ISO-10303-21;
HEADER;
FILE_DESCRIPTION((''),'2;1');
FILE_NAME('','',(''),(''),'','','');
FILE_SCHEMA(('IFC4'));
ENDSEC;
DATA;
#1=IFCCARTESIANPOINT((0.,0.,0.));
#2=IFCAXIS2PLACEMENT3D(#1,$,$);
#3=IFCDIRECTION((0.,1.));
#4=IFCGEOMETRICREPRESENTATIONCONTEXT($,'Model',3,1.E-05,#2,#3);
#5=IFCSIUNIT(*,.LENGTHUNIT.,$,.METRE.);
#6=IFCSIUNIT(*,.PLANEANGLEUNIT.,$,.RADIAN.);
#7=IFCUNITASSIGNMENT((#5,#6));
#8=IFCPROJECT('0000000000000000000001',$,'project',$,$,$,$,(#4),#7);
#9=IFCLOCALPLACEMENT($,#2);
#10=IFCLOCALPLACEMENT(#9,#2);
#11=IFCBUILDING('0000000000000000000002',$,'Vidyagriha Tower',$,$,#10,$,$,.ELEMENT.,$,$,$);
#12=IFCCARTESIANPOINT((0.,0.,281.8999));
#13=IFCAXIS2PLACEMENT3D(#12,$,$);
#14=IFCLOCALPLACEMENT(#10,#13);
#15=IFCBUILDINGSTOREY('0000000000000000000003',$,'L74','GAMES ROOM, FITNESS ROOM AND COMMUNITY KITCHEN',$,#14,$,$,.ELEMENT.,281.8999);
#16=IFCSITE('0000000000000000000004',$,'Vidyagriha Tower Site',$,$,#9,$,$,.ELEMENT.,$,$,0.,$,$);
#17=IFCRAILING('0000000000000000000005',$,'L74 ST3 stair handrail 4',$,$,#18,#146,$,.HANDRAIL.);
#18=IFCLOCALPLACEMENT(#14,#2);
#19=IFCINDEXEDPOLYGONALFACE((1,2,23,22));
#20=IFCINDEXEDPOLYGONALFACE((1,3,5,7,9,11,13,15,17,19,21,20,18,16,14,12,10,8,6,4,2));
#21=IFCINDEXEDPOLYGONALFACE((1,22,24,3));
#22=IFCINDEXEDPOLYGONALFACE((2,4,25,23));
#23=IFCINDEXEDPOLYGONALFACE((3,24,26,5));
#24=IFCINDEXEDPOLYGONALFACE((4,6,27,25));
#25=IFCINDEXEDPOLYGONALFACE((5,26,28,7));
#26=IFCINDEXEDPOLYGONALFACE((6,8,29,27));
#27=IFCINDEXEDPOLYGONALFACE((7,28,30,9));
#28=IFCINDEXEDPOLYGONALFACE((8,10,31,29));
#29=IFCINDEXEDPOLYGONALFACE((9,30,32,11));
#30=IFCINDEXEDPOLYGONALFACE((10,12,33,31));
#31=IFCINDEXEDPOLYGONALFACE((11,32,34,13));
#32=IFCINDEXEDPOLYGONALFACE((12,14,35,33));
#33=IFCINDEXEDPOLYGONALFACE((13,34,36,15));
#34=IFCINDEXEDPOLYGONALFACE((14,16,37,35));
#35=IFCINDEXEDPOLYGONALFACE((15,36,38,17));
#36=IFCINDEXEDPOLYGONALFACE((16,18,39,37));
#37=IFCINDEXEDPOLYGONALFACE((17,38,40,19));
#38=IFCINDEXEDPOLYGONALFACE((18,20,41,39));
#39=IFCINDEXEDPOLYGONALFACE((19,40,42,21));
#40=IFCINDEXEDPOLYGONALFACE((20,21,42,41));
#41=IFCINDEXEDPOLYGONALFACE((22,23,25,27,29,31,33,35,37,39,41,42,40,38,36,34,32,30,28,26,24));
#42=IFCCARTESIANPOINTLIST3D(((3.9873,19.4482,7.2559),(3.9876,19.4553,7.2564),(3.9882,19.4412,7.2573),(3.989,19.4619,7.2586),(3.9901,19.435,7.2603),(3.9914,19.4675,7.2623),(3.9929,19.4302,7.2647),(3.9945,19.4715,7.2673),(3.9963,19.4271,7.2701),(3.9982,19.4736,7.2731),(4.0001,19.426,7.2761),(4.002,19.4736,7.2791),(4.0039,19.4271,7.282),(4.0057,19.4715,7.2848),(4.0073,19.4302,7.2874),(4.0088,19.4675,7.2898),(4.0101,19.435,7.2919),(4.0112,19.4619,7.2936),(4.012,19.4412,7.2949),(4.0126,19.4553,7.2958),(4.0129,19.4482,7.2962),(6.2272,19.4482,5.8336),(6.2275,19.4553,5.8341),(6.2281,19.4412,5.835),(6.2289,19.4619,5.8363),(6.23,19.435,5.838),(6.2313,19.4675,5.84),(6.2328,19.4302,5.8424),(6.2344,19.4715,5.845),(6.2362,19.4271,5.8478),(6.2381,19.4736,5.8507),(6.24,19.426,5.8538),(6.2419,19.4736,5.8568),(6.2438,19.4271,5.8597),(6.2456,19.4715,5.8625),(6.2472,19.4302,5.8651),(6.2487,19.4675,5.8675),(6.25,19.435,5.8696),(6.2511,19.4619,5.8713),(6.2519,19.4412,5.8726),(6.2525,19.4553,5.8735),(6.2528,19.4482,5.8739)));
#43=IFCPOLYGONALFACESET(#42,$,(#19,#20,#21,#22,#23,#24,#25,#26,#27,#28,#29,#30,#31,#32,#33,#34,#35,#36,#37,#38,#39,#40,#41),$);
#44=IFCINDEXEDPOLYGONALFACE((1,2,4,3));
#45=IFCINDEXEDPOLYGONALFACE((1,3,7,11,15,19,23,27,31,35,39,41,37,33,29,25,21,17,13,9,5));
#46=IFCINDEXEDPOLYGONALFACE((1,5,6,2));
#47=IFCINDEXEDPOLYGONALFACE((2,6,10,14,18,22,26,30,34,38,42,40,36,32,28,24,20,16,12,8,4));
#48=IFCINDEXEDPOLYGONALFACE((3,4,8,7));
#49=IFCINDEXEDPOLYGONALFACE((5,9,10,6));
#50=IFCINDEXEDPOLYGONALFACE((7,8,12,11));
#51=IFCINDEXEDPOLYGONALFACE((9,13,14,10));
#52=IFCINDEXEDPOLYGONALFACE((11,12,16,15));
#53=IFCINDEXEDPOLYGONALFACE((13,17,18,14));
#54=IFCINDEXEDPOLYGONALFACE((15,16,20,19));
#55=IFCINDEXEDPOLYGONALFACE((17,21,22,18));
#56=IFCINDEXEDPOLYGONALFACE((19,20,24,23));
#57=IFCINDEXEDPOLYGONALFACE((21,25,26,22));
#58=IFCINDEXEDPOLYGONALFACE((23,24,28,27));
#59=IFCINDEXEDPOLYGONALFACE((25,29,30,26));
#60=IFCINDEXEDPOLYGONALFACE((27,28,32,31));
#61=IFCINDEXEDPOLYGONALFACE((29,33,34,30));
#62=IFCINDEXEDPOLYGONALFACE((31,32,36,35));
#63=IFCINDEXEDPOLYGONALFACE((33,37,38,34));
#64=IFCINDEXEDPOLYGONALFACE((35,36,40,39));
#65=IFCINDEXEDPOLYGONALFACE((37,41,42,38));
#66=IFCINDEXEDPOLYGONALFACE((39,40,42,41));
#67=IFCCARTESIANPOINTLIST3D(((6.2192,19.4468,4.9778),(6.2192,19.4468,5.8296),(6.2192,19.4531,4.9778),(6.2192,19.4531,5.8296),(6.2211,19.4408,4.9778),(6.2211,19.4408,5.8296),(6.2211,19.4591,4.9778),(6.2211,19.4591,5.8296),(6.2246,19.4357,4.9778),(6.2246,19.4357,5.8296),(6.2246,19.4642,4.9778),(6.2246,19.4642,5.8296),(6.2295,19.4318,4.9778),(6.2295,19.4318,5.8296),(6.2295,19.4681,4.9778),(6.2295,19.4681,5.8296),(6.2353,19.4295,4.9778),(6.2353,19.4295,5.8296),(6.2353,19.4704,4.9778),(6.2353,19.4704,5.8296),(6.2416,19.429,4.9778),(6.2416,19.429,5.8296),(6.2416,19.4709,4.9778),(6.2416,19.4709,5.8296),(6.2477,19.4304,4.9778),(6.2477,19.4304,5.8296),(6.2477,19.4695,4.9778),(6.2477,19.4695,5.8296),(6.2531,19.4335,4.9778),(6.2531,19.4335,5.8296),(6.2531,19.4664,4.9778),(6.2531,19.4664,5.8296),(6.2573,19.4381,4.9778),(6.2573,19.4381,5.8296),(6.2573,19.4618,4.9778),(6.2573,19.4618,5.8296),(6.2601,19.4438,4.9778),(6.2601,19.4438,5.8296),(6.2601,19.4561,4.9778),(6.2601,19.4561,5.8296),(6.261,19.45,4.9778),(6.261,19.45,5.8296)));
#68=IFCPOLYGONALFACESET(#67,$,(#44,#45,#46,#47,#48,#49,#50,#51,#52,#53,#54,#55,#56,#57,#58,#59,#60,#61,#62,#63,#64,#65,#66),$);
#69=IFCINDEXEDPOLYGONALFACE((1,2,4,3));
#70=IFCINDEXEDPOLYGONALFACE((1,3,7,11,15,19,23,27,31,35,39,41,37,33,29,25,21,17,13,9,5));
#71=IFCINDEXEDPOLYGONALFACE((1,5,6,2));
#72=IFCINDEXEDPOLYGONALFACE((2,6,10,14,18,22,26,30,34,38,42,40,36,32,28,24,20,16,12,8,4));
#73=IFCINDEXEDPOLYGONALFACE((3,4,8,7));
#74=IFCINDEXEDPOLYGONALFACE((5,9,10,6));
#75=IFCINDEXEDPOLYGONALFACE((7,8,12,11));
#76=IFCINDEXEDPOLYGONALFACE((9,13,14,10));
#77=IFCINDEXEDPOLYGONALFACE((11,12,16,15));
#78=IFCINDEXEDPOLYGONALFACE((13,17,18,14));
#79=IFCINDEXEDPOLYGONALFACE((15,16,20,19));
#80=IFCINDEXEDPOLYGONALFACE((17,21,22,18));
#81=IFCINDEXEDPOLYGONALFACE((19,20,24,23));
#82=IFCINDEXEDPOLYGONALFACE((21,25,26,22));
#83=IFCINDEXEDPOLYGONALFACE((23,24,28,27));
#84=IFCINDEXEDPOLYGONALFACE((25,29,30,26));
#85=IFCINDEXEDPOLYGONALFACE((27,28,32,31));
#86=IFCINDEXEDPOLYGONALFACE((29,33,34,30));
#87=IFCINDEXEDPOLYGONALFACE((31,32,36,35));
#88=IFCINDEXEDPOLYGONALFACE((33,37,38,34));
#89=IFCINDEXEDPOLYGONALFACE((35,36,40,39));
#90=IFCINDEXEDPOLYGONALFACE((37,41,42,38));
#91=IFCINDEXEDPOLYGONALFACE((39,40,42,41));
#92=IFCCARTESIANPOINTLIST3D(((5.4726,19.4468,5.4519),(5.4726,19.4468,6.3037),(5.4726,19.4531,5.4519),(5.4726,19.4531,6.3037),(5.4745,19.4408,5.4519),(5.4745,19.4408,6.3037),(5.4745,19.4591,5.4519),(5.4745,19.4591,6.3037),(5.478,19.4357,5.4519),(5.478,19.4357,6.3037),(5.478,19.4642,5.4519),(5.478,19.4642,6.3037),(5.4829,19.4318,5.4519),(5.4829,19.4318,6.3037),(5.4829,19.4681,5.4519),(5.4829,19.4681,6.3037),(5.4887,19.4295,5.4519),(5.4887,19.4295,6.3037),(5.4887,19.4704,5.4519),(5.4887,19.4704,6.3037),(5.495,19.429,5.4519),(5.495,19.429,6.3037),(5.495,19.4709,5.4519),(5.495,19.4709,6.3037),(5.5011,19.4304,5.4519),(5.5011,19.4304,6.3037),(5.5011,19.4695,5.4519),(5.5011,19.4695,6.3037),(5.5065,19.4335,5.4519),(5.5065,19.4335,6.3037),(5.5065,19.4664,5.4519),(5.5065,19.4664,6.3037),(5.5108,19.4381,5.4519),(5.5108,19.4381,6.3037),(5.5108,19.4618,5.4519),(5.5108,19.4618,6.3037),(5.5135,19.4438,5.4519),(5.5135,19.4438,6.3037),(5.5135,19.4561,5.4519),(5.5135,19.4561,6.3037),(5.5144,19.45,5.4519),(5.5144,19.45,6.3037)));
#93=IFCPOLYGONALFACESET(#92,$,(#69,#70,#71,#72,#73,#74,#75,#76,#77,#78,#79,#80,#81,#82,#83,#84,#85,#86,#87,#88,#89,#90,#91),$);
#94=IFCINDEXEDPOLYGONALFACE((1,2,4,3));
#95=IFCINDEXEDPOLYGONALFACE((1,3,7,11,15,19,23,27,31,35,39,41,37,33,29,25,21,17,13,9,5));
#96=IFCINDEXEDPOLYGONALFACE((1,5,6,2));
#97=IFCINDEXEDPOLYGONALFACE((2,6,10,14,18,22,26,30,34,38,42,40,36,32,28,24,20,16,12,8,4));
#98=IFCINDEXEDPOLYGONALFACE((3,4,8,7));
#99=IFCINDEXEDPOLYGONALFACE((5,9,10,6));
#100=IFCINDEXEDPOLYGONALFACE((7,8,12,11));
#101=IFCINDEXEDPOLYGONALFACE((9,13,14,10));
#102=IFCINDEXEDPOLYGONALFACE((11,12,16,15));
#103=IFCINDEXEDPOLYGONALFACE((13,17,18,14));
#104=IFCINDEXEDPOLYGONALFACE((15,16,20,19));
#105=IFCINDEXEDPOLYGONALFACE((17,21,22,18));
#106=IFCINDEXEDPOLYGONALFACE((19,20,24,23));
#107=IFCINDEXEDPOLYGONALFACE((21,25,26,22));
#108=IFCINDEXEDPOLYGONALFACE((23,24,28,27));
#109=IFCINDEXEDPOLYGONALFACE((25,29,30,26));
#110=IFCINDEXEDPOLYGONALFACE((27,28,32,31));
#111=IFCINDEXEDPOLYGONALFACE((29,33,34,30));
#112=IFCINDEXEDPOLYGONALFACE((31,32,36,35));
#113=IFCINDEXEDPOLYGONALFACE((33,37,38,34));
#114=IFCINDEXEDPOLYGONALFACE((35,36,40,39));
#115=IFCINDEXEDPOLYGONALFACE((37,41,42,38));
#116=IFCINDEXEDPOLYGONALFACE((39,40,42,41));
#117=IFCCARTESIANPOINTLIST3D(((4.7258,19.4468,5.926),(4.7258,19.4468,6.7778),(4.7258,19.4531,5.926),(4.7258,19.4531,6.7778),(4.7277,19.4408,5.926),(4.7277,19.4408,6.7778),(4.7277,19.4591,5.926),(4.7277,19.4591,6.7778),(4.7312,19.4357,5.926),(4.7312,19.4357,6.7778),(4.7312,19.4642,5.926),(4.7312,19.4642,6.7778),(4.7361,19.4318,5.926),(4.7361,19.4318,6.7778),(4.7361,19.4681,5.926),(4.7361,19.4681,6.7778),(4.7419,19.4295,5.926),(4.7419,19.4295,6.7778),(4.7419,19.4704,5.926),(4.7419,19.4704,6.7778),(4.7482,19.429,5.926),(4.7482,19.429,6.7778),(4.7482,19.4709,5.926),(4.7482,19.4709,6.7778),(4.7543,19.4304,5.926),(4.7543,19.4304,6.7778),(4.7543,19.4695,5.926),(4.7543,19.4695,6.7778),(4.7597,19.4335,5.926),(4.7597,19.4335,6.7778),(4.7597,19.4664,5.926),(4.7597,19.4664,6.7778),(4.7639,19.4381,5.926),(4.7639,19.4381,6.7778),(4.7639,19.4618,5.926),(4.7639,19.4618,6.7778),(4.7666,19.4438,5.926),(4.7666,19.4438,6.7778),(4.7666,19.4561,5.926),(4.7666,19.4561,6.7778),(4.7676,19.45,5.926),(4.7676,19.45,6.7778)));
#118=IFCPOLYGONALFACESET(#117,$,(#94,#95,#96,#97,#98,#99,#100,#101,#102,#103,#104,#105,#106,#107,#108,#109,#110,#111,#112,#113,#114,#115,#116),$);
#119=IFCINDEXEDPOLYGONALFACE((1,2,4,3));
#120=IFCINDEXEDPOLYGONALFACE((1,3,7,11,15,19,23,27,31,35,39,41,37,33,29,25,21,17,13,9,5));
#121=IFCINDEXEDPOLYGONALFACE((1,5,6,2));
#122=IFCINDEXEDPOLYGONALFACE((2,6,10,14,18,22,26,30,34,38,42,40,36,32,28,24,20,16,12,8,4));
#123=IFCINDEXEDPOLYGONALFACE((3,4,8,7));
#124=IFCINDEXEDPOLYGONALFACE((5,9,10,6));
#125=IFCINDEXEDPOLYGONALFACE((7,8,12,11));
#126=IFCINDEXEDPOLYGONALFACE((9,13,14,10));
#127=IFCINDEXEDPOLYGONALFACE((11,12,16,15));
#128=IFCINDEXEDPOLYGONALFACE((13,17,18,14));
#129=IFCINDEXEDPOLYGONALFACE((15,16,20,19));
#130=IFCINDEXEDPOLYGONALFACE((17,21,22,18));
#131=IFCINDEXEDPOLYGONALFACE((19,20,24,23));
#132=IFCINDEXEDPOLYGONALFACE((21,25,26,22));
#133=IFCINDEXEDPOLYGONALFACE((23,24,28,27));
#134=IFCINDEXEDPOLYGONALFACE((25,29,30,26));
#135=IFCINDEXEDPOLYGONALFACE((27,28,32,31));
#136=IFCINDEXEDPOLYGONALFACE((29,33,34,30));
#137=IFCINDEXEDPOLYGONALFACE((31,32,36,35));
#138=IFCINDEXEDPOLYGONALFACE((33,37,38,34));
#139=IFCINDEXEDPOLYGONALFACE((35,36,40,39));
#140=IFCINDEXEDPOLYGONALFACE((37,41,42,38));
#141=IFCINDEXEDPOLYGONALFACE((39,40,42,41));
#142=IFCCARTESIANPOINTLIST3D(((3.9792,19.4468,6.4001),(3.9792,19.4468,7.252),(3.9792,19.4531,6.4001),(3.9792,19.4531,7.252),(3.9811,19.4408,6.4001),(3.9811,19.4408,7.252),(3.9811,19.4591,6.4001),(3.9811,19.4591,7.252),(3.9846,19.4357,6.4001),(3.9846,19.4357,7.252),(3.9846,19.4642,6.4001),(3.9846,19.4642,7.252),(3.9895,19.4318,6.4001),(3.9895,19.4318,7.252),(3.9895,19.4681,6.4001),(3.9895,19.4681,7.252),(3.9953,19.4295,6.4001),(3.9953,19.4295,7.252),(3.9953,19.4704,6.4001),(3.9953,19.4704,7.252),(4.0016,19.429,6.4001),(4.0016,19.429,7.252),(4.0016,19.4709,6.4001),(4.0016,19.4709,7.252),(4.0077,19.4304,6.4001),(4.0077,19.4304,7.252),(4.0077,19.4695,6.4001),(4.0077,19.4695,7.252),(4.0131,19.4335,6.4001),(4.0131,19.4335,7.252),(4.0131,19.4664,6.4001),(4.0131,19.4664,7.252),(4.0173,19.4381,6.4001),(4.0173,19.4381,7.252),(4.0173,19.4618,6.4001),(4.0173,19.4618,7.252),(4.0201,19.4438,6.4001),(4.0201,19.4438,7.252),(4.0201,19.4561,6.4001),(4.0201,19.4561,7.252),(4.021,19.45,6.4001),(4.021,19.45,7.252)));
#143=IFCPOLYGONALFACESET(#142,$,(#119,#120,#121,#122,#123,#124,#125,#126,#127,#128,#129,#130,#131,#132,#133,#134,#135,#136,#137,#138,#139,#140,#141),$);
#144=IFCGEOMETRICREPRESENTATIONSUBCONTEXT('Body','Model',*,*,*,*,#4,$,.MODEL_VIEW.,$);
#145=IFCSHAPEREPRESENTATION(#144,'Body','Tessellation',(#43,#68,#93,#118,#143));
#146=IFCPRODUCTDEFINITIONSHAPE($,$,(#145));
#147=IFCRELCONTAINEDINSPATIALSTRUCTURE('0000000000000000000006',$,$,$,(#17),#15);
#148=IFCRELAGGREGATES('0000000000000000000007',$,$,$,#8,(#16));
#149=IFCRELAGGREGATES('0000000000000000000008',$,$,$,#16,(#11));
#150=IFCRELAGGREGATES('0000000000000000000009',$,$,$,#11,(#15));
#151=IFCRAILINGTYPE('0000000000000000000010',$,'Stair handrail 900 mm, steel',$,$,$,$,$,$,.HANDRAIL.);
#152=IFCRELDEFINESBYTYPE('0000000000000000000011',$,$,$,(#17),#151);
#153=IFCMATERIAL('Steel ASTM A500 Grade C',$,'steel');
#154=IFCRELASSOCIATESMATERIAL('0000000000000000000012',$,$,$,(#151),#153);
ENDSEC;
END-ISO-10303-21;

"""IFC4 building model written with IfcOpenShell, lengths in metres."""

from ifc_helpers import new_model, si_unit, direction, frame, origin, origin_2d, place, context, subcontext, project, spatial, circle, extrude, material, type_object, element, save


model = new_model("IFC4")

# Units and contexts
model_context = context("Model", 3, precision=1e-05, world=origin(), true_north=direction((0.0, 1.0)))
body_context = subcontext(model_context, "Body", "Model", "MODEL_VIEW")
ifc_project = project(units=[si_unit("LENGTHUNIT", "METRE"), si_unit("PLANEANGLEUNIT", "RADIAN")], contexts=[model_context])

# Site, building, storey
site_placement = place(None, origin())
site = spatial("IfcSite", under=ifc_project, at=site_placement, Name="Vidyagriha Tower Site", CompositionType="ELEMENT", RefElevation=0.0)
building_placement = place(site_placement, origin())
building = spatial("IfcBuilding", under=site, at=building_placement, Name="Vidyagriha Tower", CompositionType="ELEMENT")
storey_placement = place(building_placement, frame((0.0, 0.0, 281.8999)))
storey = spatial("IfcBuildingStorey", under=building, at=storey_placement, Name="L74", Description="GAMES ROOM, FITNESS ROOM AND COMMUNITY KITCHEN", CompositionType="ELEMENT", Elevation=281.8999)

# Railing
ifc_material_1 = material(Name="Steel ASTM A500 Grade C", Category="steel")
railing_type_1 = type_object("IfcRailingType", Name="Stair handrail 900 mm, steel", PredefinedType="HANDRAIL", material=ifc_material_1)
for number, where, name in (
    (1, (6.24, 19.45, 4.9778), "L74 ST3 stair handrail 4"),
):
    element("IfcRailing", number, at=place(storey_placement, frame(where)), inside=storey, type_object=railing_type_1, Name=name, PredefinedType="HANDRAIL", context=body_context, shape_type="SweptSolid", body=[
        extrude(circle(Radius=0.0239, at=origin_2d()), frame((0.0, 0.0, 0.876), z_axis=(-0.844188, 0.0, 0.536048), x_axis=(0.0, -1.0, 0.0)), (0.0, 0.0, 1.0), 2.6533),
        extrude(circle(Radius=0.021, at=origin_2d()), origin(), (0.0, 0.0, 1.0), 0.8518),
        extrude(circle(Radius=0.021, at=origin_2d()), frame((-0.7466, 0.0, 0.4741)), (0.0, 0.0, 1.0), 0.8518),
        extrude(circle(Radius=0.021, at=origin_2d()), frame((-1.4934, 0.0, 0.9482)), (0.0, 0.0, 1.0), 0.8518),
        extrude(circle(Radius=0.021, at=origin_2d()), frame((-2.24, 0.0, 1.4224)), (0.0, 0.0, 1.0), 0.8518),
    ])

save(model, "model.ifc")
